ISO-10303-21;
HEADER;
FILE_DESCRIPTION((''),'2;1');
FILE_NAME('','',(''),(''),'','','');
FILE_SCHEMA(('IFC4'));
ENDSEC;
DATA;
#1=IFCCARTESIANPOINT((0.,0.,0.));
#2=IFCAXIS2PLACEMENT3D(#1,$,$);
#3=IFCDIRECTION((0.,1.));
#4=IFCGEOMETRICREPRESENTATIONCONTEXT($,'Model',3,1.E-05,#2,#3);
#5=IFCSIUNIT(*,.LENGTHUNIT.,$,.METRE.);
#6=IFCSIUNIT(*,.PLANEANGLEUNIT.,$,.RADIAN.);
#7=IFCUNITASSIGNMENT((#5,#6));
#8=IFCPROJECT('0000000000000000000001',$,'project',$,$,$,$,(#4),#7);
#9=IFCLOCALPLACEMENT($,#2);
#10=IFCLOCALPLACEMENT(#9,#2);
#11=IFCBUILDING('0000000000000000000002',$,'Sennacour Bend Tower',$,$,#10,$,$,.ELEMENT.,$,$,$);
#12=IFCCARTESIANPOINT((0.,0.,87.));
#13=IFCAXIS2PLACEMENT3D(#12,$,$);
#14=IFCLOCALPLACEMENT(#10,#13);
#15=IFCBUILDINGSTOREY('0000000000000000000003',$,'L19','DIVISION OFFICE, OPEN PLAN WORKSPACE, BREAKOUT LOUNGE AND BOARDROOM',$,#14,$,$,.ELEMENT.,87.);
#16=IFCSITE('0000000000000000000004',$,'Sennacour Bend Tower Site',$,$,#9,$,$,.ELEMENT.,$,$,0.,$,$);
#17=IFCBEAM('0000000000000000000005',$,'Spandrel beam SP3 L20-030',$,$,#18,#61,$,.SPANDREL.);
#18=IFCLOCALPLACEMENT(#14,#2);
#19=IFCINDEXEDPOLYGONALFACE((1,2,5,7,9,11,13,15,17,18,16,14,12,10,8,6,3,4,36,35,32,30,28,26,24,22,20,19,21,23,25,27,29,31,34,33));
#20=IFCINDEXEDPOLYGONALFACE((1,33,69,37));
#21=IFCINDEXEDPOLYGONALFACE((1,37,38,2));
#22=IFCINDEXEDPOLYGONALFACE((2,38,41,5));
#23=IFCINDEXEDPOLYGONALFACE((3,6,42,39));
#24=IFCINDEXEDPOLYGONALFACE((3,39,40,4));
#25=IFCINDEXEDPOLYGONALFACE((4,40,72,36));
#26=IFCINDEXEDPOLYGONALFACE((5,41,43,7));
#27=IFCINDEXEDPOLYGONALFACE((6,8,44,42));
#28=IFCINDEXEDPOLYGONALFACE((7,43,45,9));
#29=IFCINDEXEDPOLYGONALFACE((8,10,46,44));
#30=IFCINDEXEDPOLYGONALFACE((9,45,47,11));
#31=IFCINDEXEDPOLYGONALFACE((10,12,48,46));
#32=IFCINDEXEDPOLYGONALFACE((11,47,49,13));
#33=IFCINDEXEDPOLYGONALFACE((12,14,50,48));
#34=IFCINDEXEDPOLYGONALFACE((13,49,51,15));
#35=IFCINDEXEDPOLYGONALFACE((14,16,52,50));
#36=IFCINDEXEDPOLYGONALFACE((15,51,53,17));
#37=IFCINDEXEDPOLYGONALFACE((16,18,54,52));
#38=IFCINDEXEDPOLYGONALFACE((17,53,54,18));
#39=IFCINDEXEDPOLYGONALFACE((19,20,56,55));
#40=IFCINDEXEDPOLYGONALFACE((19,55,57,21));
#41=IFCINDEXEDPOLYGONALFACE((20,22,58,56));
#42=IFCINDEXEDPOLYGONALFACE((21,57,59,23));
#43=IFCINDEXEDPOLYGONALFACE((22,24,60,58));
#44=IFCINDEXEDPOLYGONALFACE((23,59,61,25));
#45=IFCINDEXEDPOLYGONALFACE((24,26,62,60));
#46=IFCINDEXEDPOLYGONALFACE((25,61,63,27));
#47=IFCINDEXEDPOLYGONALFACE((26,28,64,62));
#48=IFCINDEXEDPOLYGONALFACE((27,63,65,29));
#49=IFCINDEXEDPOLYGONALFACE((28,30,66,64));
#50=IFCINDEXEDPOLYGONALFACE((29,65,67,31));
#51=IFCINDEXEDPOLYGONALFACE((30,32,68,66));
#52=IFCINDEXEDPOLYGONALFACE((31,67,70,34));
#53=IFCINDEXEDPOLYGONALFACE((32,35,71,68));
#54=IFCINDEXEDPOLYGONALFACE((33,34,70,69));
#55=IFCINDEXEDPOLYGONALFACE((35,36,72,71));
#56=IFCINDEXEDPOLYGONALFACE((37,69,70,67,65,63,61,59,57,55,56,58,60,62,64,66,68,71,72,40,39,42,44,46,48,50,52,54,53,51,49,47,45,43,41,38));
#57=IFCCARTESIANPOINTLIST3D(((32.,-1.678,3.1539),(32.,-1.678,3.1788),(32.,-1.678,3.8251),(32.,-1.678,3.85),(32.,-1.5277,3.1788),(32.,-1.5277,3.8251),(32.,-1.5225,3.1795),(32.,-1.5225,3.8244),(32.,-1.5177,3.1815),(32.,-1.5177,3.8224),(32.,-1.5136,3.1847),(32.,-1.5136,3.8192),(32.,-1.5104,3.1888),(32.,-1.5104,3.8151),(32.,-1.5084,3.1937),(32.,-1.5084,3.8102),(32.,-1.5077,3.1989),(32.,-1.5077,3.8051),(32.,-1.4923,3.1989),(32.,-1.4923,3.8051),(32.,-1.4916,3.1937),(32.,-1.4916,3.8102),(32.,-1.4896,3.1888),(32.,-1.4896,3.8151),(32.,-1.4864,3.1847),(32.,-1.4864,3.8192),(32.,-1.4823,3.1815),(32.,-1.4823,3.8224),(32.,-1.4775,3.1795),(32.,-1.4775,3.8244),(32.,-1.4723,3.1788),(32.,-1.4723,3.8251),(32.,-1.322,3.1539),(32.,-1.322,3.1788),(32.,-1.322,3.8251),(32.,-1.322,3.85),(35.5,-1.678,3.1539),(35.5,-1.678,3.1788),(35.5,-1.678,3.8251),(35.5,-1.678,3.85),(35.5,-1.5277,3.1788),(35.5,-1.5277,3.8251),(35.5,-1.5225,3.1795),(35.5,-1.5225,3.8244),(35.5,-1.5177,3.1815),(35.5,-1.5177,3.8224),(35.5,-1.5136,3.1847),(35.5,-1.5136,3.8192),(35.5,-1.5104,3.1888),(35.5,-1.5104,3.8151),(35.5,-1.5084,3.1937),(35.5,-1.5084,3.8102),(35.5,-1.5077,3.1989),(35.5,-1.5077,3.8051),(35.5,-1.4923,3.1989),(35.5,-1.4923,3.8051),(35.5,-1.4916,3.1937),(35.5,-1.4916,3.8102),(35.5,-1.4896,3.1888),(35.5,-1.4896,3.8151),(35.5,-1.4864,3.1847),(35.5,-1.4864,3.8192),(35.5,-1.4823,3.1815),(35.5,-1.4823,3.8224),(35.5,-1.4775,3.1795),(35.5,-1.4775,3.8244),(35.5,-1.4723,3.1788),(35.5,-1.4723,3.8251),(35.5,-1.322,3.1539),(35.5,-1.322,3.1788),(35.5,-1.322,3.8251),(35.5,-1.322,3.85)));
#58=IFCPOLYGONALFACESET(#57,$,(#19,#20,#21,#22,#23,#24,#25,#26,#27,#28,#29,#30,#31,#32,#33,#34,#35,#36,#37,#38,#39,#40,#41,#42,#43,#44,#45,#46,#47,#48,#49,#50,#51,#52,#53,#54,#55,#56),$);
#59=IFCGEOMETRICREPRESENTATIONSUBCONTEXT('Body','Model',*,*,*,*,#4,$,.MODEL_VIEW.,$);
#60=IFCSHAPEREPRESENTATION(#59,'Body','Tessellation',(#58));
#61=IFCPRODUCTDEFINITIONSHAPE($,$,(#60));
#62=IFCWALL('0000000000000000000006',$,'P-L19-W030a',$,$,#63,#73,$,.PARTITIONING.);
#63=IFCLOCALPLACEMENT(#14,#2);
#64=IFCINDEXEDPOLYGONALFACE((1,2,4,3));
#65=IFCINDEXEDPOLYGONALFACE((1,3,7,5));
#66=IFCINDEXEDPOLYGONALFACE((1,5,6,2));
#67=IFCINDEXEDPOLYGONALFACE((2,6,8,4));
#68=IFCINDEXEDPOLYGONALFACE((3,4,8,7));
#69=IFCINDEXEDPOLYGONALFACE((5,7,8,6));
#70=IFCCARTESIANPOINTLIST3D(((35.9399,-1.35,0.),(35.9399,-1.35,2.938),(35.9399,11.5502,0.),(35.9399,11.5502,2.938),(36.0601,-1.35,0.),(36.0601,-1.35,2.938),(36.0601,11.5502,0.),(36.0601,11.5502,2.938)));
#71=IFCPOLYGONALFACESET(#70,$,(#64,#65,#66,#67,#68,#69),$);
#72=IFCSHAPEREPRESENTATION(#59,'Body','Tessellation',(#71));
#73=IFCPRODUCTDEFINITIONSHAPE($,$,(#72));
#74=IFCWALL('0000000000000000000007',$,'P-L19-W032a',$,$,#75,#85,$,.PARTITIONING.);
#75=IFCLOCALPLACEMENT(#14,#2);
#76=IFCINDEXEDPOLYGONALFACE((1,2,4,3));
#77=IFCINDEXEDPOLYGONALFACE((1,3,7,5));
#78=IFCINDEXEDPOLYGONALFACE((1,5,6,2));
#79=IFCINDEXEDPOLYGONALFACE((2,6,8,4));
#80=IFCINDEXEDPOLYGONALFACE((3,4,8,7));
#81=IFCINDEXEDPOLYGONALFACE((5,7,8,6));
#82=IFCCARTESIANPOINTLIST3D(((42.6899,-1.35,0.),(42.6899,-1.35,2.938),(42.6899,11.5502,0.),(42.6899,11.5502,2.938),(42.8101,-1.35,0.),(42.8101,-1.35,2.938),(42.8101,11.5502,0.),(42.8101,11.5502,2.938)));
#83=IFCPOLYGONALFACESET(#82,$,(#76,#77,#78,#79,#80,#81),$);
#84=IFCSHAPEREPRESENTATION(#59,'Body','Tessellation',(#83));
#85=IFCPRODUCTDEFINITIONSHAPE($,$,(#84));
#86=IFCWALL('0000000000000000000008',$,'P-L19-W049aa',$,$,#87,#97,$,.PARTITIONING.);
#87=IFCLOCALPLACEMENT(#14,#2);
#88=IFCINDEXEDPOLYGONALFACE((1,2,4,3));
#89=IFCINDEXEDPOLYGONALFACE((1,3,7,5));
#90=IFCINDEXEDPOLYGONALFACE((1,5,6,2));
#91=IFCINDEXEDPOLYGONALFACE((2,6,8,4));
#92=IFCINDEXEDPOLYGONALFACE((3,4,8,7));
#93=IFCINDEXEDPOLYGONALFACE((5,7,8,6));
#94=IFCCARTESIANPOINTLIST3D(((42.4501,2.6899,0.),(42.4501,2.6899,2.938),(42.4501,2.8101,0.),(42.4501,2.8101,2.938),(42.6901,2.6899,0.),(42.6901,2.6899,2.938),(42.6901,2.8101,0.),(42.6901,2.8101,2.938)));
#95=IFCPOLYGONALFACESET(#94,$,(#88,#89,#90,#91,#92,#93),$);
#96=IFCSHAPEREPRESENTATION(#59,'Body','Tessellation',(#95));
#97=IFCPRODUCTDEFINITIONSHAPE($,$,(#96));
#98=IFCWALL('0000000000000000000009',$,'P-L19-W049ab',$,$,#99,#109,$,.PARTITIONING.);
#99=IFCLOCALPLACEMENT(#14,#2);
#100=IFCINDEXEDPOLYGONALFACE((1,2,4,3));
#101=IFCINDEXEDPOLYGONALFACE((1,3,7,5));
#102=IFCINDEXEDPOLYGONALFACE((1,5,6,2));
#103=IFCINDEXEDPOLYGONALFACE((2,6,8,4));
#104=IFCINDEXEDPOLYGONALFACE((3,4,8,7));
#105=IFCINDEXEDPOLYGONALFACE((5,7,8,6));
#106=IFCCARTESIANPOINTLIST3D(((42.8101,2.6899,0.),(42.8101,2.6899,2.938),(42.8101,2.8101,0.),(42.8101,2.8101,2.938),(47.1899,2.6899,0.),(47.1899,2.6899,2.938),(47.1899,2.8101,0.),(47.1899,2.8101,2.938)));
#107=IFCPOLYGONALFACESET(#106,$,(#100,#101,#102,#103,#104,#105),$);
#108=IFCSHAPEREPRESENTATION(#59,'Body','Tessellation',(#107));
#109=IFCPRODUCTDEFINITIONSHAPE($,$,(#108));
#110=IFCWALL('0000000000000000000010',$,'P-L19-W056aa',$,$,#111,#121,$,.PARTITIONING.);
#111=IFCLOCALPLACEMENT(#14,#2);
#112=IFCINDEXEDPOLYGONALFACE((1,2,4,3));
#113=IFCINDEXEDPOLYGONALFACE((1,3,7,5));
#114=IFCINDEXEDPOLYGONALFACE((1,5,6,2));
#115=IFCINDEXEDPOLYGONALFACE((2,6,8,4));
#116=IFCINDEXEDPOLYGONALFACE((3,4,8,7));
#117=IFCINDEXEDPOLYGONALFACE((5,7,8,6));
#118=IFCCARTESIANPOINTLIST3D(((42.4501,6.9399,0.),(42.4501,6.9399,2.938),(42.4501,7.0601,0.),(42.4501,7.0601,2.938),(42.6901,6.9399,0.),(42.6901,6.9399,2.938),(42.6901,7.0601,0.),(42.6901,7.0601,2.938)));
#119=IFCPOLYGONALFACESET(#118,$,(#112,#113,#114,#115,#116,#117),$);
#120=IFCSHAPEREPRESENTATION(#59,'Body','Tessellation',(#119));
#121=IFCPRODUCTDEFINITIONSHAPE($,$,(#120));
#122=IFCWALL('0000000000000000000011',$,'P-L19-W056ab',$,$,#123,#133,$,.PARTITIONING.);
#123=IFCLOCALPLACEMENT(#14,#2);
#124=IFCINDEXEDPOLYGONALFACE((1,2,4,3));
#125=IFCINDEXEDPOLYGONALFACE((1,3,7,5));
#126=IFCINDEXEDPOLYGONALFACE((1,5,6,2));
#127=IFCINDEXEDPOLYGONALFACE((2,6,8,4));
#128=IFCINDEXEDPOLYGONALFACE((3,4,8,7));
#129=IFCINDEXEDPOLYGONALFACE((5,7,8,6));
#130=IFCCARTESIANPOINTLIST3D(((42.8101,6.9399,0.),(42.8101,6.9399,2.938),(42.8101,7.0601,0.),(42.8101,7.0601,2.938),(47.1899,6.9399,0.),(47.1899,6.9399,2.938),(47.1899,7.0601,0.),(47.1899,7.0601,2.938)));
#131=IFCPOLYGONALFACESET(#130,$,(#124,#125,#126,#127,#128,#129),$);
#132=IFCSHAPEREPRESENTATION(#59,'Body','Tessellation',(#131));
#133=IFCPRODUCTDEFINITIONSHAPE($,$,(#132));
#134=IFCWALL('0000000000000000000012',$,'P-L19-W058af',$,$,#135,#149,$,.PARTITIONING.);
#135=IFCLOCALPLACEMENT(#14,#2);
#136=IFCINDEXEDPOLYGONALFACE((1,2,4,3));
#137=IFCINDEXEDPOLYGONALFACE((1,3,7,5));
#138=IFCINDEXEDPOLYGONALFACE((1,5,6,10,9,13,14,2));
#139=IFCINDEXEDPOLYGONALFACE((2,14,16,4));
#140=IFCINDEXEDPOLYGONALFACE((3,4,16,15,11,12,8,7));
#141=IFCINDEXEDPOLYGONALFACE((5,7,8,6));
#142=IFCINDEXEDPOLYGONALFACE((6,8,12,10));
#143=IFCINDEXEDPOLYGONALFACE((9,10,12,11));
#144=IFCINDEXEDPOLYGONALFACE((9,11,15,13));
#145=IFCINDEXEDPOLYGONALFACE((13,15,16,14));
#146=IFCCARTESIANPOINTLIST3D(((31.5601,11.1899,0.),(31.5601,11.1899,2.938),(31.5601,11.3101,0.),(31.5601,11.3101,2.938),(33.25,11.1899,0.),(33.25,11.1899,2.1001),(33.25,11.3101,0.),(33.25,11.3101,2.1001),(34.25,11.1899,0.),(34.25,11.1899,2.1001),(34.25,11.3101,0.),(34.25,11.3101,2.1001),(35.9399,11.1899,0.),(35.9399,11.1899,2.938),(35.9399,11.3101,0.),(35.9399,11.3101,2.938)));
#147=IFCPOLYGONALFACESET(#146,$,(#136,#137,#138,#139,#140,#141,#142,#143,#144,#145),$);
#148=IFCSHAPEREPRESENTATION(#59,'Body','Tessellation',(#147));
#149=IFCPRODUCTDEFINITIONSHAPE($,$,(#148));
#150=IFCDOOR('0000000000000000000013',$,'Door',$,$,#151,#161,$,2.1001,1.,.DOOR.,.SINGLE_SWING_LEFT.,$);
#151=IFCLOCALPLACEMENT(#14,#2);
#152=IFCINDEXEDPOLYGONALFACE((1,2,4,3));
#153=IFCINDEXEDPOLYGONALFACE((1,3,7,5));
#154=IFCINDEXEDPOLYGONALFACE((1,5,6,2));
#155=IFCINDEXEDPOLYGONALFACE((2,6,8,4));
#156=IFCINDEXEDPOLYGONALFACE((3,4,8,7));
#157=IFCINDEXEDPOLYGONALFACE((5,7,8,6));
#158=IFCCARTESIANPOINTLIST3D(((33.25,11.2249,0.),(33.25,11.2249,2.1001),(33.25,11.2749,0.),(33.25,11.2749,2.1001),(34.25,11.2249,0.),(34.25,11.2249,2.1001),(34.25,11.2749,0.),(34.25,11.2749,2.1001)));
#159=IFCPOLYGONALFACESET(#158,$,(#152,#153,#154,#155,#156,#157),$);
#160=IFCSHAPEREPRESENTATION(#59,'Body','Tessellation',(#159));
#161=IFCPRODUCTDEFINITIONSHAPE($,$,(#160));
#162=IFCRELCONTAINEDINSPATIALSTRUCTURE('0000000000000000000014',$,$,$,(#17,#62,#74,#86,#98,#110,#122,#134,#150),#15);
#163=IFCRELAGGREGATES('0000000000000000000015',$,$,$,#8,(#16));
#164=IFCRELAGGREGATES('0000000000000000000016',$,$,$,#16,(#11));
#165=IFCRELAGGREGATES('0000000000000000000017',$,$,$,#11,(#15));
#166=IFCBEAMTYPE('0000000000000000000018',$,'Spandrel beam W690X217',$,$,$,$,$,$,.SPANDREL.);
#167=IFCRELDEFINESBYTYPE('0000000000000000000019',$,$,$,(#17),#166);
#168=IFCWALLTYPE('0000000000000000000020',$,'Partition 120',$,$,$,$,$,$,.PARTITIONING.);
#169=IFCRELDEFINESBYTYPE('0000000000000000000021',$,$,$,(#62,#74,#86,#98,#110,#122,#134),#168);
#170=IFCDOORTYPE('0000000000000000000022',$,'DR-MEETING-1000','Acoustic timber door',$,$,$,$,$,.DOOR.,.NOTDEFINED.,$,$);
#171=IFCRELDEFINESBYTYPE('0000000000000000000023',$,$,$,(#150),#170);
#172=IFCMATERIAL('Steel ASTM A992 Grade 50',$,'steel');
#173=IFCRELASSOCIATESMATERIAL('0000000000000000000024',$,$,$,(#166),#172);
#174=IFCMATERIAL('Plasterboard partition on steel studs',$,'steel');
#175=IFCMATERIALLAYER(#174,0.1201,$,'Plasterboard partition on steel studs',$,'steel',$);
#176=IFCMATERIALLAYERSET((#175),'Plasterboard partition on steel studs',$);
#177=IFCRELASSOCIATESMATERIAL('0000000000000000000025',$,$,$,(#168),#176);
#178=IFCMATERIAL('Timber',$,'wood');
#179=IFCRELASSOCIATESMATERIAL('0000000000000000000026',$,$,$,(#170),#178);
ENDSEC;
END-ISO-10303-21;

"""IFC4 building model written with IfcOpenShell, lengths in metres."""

from ifc_helpers import new_model, si_unit, direction, frame, frame_2d, origin, origin_2d, place, context, subcontext, project, spatial, rectangle, i_section, extrude, material, layer, layer_set, material_profile, profile_set, type_object, element, fill, save


model = new_model("IFC4")

# Units and contexts
model_context = context("Model", 3, precision=1e-05, world=origin(), true_north=direction((0.0, 1.0)))
body_context = subcontext(model_context, "Body", "Model", "MODEL_VIEW")
ifc_project = project(units=[si_unit("LENGTHUNIT", "METRE"), si_unit("PLANEANGLEUNIT", "RADIAN")], contexts=[model_context])

# Site, building, storey
site_placement = place(None, origin())
site = spatial("IfcSite", under=ifc_project, at=site_placement, Name="Sennacour Bend Tower Site", CompositionType="ELEMENT", RefElevation=0.0)
building_placement = place(site_placement, origin())
building = spatial("IfcBuilding", under=site, at=building_placement, Name="Sennacour Bend Tower", CompositionType="ELEMENT")
storey_placement = place(building_placement, frame((0.0, 0.0, 87.0)))
storey = spatial("IfcBuildingStorey", under=building, at=storey_placement, Name="L19", Description="DIVISION OFFICE, OPEN PLAN WORKSPACE, BREAKOUT LOUNGE AND BOARDROOM", CompositionType="ELEMENT", Elevation=87.0)

# Beam
ifc_material_1 = material(Name="Steel ASTM A992 Grade 50", Category="steel")
ifc_material_profile_1 = material_profile(ifc_material_1, i_section(OverallWidth=0.356, OverallDepth=0.696, WebThickness=0.0154, FlangeThickness=0.0249, FilletRadius=0.02, at=origin_2d()), Name="Steel ASTM A992 Grade 50", Category="steel")
ifc_profile_set_1 = profile_set([ifc_material_profile_1], Name="Steel ASTM A992 Grade 50")
beam_type_1 = type_object("IfcBeamType", Name="Spandrel beam W690X217", PredefinedType="SPANDREL", material=ifc_profile_set_1)
for number, where, z_axis, x_axis, name in (
    (1, (35.5, -1.5, 3.502), (-1.0, 0.0, 0.0), (0.0, -1.0, 0.0), "Spandrel beam SP3 L20-030"),
):
    element("IfcBeam", number, at=place(storey_placement, frame(where, z_axis=z_axis, x_axis=x_axis)), inside=storey, type_object=beam_type_1, Name=name, PredefinedType="SPANDREL", context=body_context, shape_type="SweptSolid", body=[
        extrude(i_section(OverallWidth=0.356, OverallDepth=0.696, WebThickness=0.0154, FlangeThickness=0.0249, FilletRadius=0.02, at=origin_2d()), origin(), (0.0, 0.0, 1.0), 3.5),
    ])

# Walls
ifc_material_2 = material(Name="Plasterboard partition on steel studs", Category="steel")
ifc_layer_1 = layer(ifc_material_2, 0.1201, Name="Plasterboard partition on steel studs", Category="steel")
ifc_layer_set_1 = layer_set([ifc_layer_1], Name="Plasterboard partition on steel studs")
wall_type_1 = type_object("IfcWallType", Name="Partition 120", PredefinedType="PARTITIONING", material=ifc_layer_set_1)
for number, where, z_axis, x_axis, name in (
    (2, (36.0, -1.3501, 0.0), (0.0, 0.0, 1.0), (0.0, 1.0, 0.0), "P-L19-W030a"),
    (3, (42.75, -1.3501, 0.0), (0.0, 0.0, 1.0), (0.0, 1.0, 0.0), "P-L19-W032a"),
):
    element("IfcWall", number, at=place(storey_placement, frame(where, z_axis=z_axis, x_axis=x_axis)), inside=storey, type_object=wall_type_1, Name=name, PredefinedType="PARTITIONING", context=body_context, shape_type="SweptSolid", body=[
        extrude(rectangle(XDim=12.9001, YDim=0.1201, at=frame_2d((6.4502, 0.0))), origin(), (0.0, 0.0, 1.0), 2.938),
    ])
wall_1_placement = place(storey_placement, frame((42.45, 2.75, 0.0), z_axis=(0.0, 0.0, 1.0), x_axis=(1.0, 0.0, 0.0)))
element("IfcWall", 4, at=wall_1_placement, inside=storey, type_object=wall_type_1, Name="P-L19-W049aa", PredefinedType="PARTITIONING", context=body_context, shape_type="SweptSolid", body=[
    extrude(rectangle(XDim=0.24, YDim=0.1201, at=frame_2d((0.1201, 0.0))), origin(), (0.0, 0.0, 1.0), 2.938),
])
wall_2_placement = place(storey_placement, frame((42.8101, 2.75, 0.0), z_axis=(0.0, 0.0, 1.0), x_axis=(1.0, 0.0, 0.0)))
element("IfcWall", 5, at=wall_2_placement, inside=storey, type_object=wall_type_1, Name="P-L19-W049ab", PredefinedType="PARTITIONING", context=body_context, shape_type="SweptSolid", body=[
    extrude(rectangle(XDim=4.3799, YDim=0.1201, at=frame_2d((2.1899, 0.0))), origin(), (0.0, 0.0, 1.0), 2.938),
])
wall_3_placement = place(storey_placement, frame((42.45, 7.0, 0.0), z_axis=(0.0, 0.0, 1.0), x_axis=(1.0, 0.0, 0.0)))
element("IfcWall", 6, at=wall_3_placement, inside=storey, type_object=wall_type_1, Name="P-L19-W056aa", PredefinedType="PARTITIONING", context=body_context, shape_type="SweptSolid", body=[
    extrude(rectangle(XDim=0.24, YDim=0.1201, at=frame_2d((0.1201, 0.0))), origin(), (0.0, 0.0, 1.0), 2.938),
])
wall_4_placement = place(storey_placement, frame((42.8101, 7.0, 0.0), z_axis=(0.0, 0.0, 1.0), x_axis=(1.0, 0.0, 0.0)))
element("IfcWall", 7, at=wall_4_placement, inside=storey, type_object=wall_type_1, Name="P-L19-W056ab", PredefinedType="PARTITIONING", context=body_context, shape_type="SweptSolid", body=[
    extrude(rectangle(XDim=4.3799, YDim=0.1201, at=frame_2d((2.1899, 0.0))), origin(), (0.0, 0.0, 1.0), 2.938),
])

# Wall, opening, door
wall_5_placement = place(storey_placement, frame((31.5601, 11.25, 0.0), z_axis=(0.0, 0.0, 1.0), x_axis=(1.0, 0.0, 0.0)))
wall_5 = element("IfcWall", 8, at=wall_5_placement, inside=storey, type_object=wall_type_1, Name="P-L19-W058af", PredefinedType="PARTITIONING", context=body_context, shape_type="SweptSolid", body=[
    extrude(rectangle(XDim=4.3799, YDim=0.1201, at=frame_2d((2.1899, 0.0))), origin(), (0.0, 0.0, 1.0), 2.938),
])
opening_1_placement = place(wall_5_placement, frame((1.6899, 0.0, 0.0)))
opening_1 = element("IfcOpeningElement", 9, at=opening_1_placement, cuts=wall_5, PredefinedType="OPENING", context=body_context, shape_type="SweptSolid", body=[
    extrude(rectangle(XDim=1.0, YDim=2.1001, at=frame_2d((0.5, 1.05))), frame((0.0, 0.0701, 0.0), z_axis=(0.0, -1.0, 0.0), x_axis=(1.0, 0.0, 0.0)), (0.0, 0.0, 1.0), 0.1401),
])
ifc_material_3 = material(Name="Timber", Category="wood")
door_type = type_object("IfcDoorType", Name="DR-MEETING-1000", Description="Acoustic timber door", OperationType="NOTDEFINED", PredefinedType="DOOR", material=ifc_material_3)
door_placement = place(opening_1_placement, origin())
door = element("IfcDoor", 10, at=door_placement, inside=storey, type_object=door_type, Name="Door", OperationType="SINGLE_SWING_LEFT", OverallHeight=2.1001, OverallWidth=1.0, PredefinedType="DOOR", context=body_context, shape_type="SweptSolid", body=[
    extrude(rectangle(XDim=1.0, YDim=2.1001, at=frame_2d((0.5, 1.05))), frame((0.0, 0.0249, 0.0), z_axis=(0.0, -1.0, 0.0), x_axis=(1.0, 0.0, 0.0)), (0.0, 0.0, 1.0), 0.05),
])
fill(opening_1, door)

save(model, "model.ifc")
